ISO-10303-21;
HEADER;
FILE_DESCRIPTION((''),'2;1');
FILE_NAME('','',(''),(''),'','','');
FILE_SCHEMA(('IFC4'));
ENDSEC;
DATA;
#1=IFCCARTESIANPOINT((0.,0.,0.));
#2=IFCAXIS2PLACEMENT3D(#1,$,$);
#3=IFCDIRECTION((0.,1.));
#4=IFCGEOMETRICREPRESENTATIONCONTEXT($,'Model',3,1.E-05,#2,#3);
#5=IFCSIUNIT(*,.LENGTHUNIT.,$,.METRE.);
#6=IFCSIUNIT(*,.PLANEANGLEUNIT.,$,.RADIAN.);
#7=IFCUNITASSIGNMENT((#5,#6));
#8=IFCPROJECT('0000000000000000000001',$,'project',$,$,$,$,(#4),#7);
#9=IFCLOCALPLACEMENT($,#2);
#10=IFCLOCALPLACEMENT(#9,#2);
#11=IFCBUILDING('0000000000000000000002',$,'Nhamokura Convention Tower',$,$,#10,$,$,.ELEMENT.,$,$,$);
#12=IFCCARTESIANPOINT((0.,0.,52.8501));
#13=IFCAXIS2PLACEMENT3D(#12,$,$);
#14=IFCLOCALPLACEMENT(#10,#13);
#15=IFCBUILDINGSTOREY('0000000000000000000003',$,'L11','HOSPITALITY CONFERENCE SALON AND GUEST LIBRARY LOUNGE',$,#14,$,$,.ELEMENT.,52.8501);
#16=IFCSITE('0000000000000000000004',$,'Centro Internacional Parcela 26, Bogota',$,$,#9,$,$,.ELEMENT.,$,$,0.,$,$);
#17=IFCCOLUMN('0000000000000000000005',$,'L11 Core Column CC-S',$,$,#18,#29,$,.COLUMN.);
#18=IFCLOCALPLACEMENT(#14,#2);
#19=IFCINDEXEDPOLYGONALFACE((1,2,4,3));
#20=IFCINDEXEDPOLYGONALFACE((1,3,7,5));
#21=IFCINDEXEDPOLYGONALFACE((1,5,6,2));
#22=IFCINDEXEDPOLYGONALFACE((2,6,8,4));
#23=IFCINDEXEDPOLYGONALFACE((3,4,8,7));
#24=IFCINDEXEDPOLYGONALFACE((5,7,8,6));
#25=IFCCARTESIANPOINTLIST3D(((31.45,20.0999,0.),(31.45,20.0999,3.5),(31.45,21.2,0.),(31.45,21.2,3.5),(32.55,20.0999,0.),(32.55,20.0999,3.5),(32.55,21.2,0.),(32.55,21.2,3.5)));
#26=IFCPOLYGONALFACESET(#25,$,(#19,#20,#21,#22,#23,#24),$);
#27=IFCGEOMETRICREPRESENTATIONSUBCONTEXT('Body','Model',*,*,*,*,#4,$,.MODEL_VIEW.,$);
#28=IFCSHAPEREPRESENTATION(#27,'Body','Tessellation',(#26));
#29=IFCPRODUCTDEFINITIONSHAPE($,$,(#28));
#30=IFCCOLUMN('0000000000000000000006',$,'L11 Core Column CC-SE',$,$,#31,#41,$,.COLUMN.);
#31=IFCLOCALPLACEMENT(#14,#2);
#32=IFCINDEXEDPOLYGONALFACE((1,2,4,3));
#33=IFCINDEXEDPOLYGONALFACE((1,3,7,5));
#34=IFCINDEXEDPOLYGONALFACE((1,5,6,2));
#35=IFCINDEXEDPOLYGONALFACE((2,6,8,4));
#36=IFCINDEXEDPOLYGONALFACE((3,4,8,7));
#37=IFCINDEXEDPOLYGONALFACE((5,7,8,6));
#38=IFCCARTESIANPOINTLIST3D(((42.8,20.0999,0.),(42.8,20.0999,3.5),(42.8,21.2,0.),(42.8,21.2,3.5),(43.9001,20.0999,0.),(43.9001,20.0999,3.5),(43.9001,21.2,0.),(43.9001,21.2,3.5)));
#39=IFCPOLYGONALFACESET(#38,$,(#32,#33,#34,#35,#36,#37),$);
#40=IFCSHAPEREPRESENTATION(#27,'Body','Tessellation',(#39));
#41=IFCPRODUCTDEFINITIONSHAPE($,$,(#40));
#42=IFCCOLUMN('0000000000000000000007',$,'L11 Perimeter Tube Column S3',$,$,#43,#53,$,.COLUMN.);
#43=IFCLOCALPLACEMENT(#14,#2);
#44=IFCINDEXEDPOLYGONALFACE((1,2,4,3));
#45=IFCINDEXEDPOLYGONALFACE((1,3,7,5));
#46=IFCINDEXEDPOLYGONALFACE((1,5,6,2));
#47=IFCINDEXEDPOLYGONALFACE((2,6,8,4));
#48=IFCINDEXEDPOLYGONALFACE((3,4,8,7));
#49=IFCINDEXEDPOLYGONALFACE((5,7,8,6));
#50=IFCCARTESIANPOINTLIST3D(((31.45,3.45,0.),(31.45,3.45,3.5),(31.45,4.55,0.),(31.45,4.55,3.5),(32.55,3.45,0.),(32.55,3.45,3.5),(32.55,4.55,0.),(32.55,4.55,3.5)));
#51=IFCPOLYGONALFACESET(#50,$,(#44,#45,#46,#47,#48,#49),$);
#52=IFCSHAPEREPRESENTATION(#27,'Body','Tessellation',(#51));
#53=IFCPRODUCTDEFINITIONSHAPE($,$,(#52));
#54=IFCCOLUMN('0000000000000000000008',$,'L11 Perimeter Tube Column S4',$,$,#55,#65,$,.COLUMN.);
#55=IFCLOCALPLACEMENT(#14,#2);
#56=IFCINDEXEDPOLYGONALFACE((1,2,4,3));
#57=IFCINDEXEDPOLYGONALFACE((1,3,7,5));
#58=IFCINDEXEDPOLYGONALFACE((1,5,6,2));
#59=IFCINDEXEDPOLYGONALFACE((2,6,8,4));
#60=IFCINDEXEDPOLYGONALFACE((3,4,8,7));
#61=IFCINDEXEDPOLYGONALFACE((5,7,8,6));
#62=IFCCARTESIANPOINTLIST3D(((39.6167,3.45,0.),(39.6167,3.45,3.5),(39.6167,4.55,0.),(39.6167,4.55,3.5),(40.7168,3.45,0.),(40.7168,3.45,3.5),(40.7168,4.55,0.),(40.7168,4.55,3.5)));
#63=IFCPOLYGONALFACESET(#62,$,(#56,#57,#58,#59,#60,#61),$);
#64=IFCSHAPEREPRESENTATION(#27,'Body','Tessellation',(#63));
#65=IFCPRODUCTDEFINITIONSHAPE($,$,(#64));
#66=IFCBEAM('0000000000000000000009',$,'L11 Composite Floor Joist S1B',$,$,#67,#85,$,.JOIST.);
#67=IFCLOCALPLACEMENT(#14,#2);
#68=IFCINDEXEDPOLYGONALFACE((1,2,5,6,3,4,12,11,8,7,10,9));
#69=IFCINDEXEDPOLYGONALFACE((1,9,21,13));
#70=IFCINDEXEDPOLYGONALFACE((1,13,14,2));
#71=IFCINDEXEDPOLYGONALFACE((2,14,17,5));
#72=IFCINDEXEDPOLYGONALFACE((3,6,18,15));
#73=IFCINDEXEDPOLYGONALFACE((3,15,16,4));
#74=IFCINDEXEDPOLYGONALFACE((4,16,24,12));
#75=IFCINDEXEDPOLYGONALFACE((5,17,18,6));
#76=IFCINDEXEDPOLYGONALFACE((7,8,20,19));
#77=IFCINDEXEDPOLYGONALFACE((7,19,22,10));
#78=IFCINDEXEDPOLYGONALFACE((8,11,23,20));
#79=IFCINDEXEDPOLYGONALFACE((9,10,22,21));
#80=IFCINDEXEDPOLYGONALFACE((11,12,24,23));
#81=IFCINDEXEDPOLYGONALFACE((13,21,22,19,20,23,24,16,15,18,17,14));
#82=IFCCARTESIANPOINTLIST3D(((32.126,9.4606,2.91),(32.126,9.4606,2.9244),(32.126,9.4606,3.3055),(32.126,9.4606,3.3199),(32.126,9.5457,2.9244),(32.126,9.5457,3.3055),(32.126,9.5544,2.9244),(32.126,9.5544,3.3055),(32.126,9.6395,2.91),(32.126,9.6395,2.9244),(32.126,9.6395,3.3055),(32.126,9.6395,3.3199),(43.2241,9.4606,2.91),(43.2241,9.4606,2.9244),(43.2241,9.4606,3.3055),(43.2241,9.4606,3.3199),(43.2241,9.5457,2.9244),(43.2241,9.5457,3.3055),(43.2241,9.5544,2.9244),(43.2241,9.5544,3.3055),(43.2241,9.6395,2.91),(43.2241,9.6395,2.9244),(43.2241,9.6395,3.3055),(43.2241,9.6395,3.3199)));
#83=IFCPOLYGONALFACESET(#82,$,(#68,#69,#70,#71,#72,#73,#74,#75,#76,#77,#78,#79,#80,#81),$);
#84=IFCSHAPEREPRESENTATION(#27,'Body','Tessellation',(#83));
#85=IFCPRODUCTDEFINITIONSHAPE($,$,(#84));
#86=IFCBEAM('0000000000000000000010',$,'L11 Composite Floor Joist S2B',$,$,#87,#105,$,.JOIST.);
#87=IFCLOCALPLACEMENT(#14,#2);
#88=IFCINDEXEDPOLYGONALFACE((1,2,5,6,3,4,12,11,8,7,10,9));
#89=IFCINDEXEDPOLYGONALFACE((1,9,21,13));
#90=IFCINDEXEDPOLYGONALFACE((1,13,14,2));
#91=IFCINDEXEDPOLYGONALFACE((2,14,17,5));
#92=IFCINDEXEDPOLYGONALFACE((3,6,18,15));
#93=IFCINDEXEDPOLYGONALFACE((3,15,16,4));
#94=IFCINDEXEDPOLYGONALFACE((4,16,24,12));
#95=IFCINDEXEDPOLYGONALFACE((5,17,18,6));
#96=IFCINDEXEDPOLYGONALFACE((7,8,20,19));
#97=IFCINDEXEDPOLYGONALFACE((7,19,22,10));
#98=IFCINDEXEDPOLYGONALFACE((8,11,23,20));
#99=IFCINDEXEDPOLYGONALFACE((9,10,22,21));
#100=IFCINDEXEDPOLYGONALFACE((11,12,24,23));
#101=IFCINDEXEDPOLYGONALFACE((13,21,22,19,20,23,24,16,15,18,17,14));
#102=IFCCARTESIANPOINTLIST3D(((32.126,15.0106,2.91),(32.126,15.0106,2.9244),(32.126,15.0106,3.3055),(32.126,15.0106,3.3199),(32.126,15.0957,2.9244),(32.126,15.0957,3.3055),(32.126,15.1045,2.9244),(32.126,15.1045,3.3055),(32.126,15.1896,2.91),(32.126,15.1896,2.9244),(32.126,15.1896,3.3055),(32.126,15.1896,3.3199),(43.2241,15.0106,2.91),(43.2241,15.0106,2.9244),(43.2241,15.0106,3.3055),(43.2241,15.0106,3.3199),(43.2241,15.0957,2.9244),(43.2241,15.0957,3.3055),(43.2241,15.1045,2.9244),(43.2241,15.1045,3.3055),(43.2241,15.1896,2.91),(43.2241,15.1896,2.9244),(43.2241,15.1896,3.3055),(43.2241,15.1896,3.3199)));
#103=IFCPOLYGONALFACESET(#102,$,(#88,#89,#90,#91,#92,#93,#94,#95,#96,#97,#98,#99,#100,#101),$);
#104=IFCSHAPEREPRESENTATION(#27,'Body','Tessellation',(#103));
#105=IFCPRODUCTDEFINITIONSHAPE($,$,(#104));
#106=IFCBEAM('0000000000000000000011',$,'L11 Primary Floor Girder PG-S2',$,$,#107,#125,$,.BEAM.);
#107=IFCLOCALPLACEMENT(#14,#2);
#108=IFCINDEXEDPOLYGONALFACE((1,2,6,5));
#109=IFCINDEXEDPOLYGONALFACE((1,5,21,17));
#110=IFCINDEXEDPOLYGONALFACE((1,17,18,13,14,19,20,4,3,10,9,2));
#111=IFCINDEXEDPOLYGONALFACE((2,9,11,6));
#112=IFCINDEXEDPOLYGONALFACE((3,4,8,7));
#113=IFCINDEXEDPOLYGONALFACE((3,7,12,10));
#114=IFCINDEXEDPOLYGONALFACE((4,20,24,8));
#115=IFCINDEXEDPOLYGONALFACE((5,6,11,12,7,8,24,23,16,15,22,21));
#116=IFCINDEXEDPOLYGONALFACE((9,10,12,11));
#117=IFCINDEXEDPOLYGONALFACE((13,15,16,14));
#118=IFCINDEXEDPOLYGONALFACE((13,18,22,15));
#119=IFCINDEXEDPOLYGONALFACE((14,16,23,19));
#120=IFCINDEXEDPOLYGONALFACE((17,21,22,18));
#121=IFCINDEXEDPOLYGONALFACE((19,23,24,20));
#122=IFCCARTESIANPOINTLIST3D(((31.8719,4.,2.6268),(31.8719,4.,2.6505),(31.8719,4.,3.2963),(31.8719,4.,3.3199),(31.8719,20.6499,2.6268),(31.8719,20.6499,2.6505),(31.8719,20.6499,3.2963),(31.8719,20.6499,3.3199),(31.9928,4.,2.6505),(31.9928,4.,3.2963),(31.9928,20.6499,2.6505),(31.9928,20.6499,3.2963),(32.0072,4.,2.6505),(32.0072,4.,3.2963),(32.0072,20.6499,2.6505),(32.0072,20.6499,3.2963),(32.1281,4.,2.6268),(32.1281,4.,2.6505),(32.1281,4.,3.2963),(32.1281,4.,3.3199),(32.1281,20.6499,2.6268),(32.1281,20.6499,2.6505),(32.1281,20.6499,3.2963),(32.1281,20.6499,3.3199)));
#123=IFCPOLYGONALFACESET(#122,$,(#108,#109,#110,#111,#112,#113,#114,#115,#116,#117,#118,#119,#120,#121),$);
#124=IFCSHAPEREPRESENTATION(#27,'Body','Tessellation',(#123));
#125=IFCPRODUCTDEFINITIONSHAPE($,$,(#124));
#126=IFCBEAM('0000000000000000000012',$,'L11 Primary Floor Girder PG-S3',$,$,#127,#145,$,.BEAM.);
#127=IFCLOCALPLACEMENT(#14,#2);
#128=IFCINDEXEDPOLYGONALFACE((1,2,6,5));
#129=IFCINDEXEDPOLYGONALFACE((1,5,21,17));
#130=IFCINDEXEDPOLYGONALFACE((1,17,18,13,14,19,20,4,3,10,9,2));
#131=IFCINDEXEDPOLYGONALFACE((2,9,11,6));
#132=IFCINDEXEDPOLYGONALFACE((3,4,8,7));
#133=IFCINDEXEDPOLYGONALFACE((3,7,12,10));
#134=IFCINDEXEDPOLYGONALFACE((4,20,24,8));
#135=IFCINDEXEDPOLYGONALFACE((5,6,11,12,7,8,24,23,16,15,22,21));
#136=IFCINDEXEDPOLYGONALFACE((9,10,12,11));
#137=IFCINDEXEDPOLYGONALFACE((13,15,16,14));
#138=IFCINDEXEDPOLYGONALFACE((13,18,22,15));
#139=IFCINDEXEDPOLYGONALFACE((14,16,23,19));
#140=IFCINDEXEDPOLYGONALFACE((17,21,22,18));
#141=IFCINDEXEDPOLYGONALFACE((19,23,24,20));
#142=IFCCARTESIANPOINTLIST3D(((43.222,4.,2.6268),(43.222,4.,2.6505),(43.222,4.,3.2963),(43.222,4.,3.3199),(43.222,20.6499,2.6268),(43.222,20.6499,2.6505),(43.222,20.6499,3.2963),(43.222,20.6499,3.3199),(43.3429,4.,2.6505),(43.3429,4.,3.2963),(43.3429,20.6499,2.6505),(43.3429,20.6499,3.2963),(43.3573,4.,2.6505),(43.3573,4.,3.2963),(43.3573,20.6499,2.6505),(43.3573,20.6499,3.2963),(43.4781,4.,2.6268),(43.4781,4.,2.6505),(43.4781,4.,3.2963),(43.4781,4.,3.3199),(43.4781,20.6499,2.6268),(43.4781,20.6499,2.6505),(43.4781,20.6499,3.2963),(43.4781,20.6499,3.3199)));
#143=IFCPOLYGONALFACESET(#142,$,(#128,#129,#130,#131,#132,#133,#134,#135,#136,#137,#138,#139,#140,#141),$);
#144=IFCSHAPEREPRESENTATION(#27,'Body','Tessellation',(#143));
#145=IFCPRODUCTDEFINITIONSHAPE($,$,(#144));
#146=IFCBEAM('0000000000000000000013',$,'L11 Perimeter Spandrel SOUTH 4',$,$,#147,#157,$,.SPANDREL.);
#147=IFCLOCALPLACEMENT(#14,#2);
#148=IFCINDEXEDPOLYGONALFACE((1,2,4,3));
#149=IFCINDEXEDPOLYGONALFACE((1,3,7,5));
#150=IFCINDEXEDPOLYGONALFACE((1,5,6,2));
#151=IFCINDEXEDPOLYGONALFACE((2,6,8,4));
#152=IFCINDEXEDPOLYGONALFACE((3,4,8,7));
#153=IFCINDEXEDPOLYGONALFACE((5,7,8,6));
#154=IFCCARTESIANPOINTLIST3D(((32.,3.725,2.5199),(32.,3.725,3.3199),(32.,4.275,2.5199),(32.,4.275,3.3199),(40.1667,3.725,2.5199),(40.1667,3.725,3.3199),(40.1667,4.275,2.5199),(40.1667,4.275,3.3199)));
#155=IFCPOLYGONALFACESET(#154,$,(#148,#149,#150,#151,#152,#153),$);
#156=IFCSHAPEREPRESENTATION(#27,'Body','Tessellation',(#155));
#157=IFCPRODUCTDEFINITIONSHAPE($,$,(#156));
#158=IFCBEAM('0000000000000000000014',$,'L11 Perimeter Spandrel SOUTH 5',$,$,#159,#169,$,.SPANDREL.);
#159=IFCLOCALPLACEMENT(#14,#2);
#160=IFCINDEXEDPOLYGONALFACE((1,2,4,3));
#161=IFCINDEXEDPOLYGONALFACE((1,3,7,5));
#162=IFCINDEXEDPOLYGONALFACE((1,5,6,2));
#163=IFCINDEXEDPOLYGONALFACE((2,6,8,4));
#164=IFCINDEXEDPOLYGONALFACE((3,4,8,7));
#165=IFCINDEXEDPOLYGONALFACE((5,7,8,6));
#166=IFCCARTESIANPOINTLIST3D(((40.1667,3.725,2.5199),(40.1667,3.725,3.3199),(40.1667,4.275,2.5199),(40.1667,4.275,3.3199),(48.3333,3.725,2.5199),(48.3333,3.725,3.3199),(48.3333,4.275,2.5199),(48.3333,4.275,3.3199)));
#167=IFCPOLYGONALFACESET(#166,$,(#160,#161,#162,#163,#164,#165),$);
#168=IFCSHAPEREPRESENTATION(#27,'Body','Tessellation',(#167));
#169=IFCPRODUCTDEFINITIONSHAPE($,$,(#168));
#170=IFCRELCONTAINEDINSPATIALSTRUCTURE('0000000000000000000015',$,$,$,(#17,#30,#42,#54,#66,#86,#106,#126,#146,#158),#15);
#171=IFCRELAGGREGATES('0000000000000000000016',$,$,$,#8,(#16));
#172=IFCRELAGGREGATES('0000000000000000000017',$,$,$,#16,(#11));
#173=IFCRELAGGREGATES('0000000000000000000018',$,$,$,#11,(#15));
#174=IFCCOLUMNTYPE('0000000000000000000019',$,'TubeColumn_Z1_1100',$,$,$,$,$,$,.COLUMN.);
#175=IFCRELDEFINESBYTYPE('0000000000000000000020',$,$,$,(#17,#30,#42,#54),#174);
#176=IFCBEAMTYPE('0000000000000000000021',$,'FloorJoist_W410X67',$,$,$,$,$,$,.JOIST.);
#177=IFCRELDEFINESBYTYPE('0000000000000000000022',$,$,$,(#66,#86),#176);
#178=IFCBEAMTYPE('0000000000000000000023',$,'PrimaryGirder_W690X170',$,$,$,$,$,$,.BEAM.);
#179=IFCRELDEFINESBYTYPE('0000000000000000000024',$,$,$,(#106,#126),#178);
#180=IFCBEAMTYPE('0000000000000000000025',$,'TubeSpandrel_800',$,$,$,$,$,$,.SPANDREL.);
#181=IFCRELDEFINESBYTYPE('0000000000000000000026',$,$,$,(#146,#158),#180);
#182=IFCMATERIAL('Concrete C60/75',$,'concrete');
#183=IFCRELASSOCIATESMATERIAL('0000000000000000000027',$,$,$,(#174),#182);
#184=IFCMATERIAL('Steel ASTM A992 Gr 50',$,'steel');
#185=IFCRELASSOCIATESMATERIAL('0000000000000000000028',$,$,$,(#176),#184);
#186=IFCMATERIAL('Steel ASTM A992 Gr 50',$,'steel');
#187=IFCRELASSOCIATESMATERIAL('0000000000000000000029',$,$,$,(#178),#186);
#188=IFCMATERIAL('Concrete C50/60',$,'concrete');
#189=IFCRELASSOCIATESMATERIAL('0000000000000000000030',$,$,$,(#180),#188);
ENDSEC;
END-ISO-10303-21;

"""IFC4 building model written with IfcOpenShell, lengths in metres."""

from ifc_helpers import new_model, si_unit, direction, frame, origin, origin_2d, place, context, subcontext, project, spatial, rectangle, i_section, extrude, material, material_profile, profile_set, type_object, element, save


model = new_model("IFC4")

# Units and contexts
model_context = context("Model", 3, precision=1e-05, world=origin(), true_north=direction((0.0, 1.0)))
body_context = subcontext(model_context, "Body", "Model", "MODEL_VIEW")
ifc_project = project(units=[si_unit("LENGTHUNIT", "METRE"), si_unit("PLANEANGLEUNIT", "RADIAN")], contexts=[model_context])

# Site, building, storey
site_placement = place(None, origin())
site = spatial("IfcSite", under=ifc_project, at=site_placement, Name="Centro Internacional Parcela 26, Bogota", CompositionType="ELEMENT", RefElevation=0.0)
building_placement = place(site_placement, origin())
building = spatial("IfcBuilding", under=site, at=building_placement, Name="Nhamokura Convention Tower", CompositionType="ELEMENT")
storey_placement = place(building_placement, frame((0.0, 0.0, 52.8501)))
storey = spatial("IfcBuildingStorey", under=building, at=storey_placement, Name="L11", Description="HOSPITALITY CONFERENCE SALON AND GUEST LIBRARY LOUNGE", CompositionType="ELEMENT", Elevation=52.8501)

# Columns
ifc_material_1 = material(Name="Concrete C60/75", Category="concrete")
ifc_material_profile_1 = material_profile(ifc_material_1, rectangle(XDim=1.1001, YDim=1.1001, at=origin_2d()))
ifc_profile_set_1 = profile_set([ifc_material_profile_1], Name="Concrete C60/75")
column_type = type_object("IfcColumnType", Name="TubeColumn_Z1_1100", PredefinedType="COLUMN", material=ifc_profile_set_1)
for number, where, z_axis, x_axis, name in (
    (1, (32.0, 20.6499, 0.0), (0.0, 0.0, 1.0), (1.0, 0.0, 0.0), "L11 Core Column CC-S"),
    (2, (43.3501, 20.6499, 0.0), (0.0, 0.0, 1.0), (1.0, 0.0, 0.0), "L11 Core Column CC-SE"),
    (3, (32.0, 4.0, 0.0), (0.0, 0.0, 1.0), (1.0, 0.0, 0.0), "L11 Perimeter Tube Column S3"),
    (4, (40.1667, 4.0, 0.0), (0.0, 0.0, 1.0), (1.0, 0.0, 0.0), "L11 Perimeter Tube Column S4"),
):
    element("IfcColumn", number, at=place(storey_placement, frame(where, z_axis=z_axis, x_axis=x_axis)), inside=storey, type_object=column_type, Name=name, PredefinedType="COLUMN", context=body_context, shape_type="SweptSolid", body=[
        extrude(rectangle(XDim=1.1001, YDim=1.1001, at=origin_2d()), origin(), (0.0, 0.0, 1.0), 3.5),
    ])

# Beams
ifc_material_2 = material(Name="Steel ASTM A992 Gr 50", Category="steel")
ifc_material_profile_2 = material_profile(ifc_material_2, i_section(OverallWidth=0.179, OverallDepth=0.4099, WebThickness=0.0088, FlangeThickness=0.0144, at=origin_2d()))
ifc_profile_set_2 = profile_set([ifc_material_profile_2], Name="Steel ASTM A992 Gr 50")
beam_type_1 = type_object("IfcBeamType", Name="FloorJoist_W410X67", PredefinedType="JOIST", material=ifc_profile_set_2)
for number, where, z_axis, x_axis, name in (
    (5, (32.126, 9.55, 3.115), (1.0, 0.0, 0.0), (0.0, 1.0, 0.0), "L11 Composite Floor Joist S1B"),
    (6, (32.126, 15.1001, 3.115), (1.0, 0.0, 0.0), (0.0, 1.0, 0.0), "L11 Composite Floor Joist S2B"),
):
    element("IfcBeam", number, at=place(storey_placement, frame(where, z_axis=z_axis, x_axis=x_axis)), inside=storey, type_object=beam_type_1, Name=name, PredefinedType="JOIST", context=body_context, shape_type="SweptSolid", body=[
        extrude(i_section(OverallWidth=0.179, OverallDepth=0.4099, WebThickness=0.0088, FlangeThickness=0.0144, at=origin_2d()), origin(), (0.0, 0.0, 1.0), 11.0981),
    ])
ifc_material_3 = material(Name="Steel ASTM A992 Gr 50", Category="steel")
ifc_material_profile_3 = material_profile(ifc_material_3, i_section(OverallWidth=0.2561, OverallDepth=0.6931, WebThickness=0.0144, FlangeThickness=0.0237, at=origin_2d()))
ifc_profile_set_3 = profile_set([ifc_material_profile_3], Name="Steel ASTM A992 Gr 50")
beam_type_2 = type_object("IfcBeamType", Name="PrimaryGirder_W690X170", PredefinedType="BEAM", material=ifc_profile_set_3)
for number, where, z_axis, x_axis, name in (
    (7, (32.0, 4.0, 2.9734), (0.0, 1.0, 0.0), (-1.0, 0.0, 0.0), "L11 Primary Floor Girder PG-S2"),
    (8, (43.3501, 4.0, 2.9734), (0.0, 1.0, 0.0), (-1.0, 0.0, 0.0), "L11 Primary Floor Girder PG-S3"),
):
    element("IfcBeam", number, at=place(storey_placement, frame(where, z_axis=z_axis, x_axis=x_axis)), inside=storey, type_object=beam_type_2, Name=name, PredefinedType="BEAM", context=body_context, shape_type="SweptSolid", body=[
        extrude(i_section(OverallWidth=0.2561, OverallDepth=0.6931, WebThickness=0.0144, FlangeThickness=0.0237, at=origin_2d()), origin(), (0.0, 0.0, 1.0), 16.6499),
    ])
ifc_material_4 = material(Name="Concrete C50/60", Category="concrete")
ifc_material_profile_4 = material_profile(ifc_material_4, rectangle(XDim=0.55, YDim=0.8, at=origin_2d()))
ifc_profile_set_4 = profile_set([ifc_material_profile_4], Name="Concrete C50/60")
beam_type_3 = type_object("IfcBeamType", Name="TubeSpandrel_800", PredefinedType="SPANDREL", material=ifc_profile_set_4)
beam_1_placement = place(storey_placement, frame((32.0, 4.0, 2.9199), z_axis=(1.0, 0.0, 0.0), x_axis=(0.0, 1.0, 0.0)))
element("IfcBeam", 9, at=beam_1_placement, inside=storey, type_object=beam_type_3, Name="L11 Perimeter Spandrel SOUTH 4", PredefinedType="SPANDREL", context=body_context, shape_type="SweptSolid", body=[
    extrude(rectangle(XDim=0.55, YDim=0.8, at=origin_2d()), origin(), (0.0, 0.0, 1.0), 8.1667),
])
beam_2_placement = place(storey_placement, frame((40.1667, 4.0, 2.9199), z_axis=(1.0, 0.0, 0.0), x_axis=(0.0, 1.0, 0.0)))
element("IfcBeam", 10, at=beam_2_placement, inside=storey, type_object=beam_type_3, Name="L11 Perimeter Spandrel SOUTH 5", PredefinedType="SPANDREL", context=body_context, shape_type="SweptSolid", body=[
    extrude(rectangle(XDim=0.55, YDim=0.8, at=origin_2d()), origin(), (0.0, 0.0, 1.0), 8.1665),
])

save(model, "model.ifc")
